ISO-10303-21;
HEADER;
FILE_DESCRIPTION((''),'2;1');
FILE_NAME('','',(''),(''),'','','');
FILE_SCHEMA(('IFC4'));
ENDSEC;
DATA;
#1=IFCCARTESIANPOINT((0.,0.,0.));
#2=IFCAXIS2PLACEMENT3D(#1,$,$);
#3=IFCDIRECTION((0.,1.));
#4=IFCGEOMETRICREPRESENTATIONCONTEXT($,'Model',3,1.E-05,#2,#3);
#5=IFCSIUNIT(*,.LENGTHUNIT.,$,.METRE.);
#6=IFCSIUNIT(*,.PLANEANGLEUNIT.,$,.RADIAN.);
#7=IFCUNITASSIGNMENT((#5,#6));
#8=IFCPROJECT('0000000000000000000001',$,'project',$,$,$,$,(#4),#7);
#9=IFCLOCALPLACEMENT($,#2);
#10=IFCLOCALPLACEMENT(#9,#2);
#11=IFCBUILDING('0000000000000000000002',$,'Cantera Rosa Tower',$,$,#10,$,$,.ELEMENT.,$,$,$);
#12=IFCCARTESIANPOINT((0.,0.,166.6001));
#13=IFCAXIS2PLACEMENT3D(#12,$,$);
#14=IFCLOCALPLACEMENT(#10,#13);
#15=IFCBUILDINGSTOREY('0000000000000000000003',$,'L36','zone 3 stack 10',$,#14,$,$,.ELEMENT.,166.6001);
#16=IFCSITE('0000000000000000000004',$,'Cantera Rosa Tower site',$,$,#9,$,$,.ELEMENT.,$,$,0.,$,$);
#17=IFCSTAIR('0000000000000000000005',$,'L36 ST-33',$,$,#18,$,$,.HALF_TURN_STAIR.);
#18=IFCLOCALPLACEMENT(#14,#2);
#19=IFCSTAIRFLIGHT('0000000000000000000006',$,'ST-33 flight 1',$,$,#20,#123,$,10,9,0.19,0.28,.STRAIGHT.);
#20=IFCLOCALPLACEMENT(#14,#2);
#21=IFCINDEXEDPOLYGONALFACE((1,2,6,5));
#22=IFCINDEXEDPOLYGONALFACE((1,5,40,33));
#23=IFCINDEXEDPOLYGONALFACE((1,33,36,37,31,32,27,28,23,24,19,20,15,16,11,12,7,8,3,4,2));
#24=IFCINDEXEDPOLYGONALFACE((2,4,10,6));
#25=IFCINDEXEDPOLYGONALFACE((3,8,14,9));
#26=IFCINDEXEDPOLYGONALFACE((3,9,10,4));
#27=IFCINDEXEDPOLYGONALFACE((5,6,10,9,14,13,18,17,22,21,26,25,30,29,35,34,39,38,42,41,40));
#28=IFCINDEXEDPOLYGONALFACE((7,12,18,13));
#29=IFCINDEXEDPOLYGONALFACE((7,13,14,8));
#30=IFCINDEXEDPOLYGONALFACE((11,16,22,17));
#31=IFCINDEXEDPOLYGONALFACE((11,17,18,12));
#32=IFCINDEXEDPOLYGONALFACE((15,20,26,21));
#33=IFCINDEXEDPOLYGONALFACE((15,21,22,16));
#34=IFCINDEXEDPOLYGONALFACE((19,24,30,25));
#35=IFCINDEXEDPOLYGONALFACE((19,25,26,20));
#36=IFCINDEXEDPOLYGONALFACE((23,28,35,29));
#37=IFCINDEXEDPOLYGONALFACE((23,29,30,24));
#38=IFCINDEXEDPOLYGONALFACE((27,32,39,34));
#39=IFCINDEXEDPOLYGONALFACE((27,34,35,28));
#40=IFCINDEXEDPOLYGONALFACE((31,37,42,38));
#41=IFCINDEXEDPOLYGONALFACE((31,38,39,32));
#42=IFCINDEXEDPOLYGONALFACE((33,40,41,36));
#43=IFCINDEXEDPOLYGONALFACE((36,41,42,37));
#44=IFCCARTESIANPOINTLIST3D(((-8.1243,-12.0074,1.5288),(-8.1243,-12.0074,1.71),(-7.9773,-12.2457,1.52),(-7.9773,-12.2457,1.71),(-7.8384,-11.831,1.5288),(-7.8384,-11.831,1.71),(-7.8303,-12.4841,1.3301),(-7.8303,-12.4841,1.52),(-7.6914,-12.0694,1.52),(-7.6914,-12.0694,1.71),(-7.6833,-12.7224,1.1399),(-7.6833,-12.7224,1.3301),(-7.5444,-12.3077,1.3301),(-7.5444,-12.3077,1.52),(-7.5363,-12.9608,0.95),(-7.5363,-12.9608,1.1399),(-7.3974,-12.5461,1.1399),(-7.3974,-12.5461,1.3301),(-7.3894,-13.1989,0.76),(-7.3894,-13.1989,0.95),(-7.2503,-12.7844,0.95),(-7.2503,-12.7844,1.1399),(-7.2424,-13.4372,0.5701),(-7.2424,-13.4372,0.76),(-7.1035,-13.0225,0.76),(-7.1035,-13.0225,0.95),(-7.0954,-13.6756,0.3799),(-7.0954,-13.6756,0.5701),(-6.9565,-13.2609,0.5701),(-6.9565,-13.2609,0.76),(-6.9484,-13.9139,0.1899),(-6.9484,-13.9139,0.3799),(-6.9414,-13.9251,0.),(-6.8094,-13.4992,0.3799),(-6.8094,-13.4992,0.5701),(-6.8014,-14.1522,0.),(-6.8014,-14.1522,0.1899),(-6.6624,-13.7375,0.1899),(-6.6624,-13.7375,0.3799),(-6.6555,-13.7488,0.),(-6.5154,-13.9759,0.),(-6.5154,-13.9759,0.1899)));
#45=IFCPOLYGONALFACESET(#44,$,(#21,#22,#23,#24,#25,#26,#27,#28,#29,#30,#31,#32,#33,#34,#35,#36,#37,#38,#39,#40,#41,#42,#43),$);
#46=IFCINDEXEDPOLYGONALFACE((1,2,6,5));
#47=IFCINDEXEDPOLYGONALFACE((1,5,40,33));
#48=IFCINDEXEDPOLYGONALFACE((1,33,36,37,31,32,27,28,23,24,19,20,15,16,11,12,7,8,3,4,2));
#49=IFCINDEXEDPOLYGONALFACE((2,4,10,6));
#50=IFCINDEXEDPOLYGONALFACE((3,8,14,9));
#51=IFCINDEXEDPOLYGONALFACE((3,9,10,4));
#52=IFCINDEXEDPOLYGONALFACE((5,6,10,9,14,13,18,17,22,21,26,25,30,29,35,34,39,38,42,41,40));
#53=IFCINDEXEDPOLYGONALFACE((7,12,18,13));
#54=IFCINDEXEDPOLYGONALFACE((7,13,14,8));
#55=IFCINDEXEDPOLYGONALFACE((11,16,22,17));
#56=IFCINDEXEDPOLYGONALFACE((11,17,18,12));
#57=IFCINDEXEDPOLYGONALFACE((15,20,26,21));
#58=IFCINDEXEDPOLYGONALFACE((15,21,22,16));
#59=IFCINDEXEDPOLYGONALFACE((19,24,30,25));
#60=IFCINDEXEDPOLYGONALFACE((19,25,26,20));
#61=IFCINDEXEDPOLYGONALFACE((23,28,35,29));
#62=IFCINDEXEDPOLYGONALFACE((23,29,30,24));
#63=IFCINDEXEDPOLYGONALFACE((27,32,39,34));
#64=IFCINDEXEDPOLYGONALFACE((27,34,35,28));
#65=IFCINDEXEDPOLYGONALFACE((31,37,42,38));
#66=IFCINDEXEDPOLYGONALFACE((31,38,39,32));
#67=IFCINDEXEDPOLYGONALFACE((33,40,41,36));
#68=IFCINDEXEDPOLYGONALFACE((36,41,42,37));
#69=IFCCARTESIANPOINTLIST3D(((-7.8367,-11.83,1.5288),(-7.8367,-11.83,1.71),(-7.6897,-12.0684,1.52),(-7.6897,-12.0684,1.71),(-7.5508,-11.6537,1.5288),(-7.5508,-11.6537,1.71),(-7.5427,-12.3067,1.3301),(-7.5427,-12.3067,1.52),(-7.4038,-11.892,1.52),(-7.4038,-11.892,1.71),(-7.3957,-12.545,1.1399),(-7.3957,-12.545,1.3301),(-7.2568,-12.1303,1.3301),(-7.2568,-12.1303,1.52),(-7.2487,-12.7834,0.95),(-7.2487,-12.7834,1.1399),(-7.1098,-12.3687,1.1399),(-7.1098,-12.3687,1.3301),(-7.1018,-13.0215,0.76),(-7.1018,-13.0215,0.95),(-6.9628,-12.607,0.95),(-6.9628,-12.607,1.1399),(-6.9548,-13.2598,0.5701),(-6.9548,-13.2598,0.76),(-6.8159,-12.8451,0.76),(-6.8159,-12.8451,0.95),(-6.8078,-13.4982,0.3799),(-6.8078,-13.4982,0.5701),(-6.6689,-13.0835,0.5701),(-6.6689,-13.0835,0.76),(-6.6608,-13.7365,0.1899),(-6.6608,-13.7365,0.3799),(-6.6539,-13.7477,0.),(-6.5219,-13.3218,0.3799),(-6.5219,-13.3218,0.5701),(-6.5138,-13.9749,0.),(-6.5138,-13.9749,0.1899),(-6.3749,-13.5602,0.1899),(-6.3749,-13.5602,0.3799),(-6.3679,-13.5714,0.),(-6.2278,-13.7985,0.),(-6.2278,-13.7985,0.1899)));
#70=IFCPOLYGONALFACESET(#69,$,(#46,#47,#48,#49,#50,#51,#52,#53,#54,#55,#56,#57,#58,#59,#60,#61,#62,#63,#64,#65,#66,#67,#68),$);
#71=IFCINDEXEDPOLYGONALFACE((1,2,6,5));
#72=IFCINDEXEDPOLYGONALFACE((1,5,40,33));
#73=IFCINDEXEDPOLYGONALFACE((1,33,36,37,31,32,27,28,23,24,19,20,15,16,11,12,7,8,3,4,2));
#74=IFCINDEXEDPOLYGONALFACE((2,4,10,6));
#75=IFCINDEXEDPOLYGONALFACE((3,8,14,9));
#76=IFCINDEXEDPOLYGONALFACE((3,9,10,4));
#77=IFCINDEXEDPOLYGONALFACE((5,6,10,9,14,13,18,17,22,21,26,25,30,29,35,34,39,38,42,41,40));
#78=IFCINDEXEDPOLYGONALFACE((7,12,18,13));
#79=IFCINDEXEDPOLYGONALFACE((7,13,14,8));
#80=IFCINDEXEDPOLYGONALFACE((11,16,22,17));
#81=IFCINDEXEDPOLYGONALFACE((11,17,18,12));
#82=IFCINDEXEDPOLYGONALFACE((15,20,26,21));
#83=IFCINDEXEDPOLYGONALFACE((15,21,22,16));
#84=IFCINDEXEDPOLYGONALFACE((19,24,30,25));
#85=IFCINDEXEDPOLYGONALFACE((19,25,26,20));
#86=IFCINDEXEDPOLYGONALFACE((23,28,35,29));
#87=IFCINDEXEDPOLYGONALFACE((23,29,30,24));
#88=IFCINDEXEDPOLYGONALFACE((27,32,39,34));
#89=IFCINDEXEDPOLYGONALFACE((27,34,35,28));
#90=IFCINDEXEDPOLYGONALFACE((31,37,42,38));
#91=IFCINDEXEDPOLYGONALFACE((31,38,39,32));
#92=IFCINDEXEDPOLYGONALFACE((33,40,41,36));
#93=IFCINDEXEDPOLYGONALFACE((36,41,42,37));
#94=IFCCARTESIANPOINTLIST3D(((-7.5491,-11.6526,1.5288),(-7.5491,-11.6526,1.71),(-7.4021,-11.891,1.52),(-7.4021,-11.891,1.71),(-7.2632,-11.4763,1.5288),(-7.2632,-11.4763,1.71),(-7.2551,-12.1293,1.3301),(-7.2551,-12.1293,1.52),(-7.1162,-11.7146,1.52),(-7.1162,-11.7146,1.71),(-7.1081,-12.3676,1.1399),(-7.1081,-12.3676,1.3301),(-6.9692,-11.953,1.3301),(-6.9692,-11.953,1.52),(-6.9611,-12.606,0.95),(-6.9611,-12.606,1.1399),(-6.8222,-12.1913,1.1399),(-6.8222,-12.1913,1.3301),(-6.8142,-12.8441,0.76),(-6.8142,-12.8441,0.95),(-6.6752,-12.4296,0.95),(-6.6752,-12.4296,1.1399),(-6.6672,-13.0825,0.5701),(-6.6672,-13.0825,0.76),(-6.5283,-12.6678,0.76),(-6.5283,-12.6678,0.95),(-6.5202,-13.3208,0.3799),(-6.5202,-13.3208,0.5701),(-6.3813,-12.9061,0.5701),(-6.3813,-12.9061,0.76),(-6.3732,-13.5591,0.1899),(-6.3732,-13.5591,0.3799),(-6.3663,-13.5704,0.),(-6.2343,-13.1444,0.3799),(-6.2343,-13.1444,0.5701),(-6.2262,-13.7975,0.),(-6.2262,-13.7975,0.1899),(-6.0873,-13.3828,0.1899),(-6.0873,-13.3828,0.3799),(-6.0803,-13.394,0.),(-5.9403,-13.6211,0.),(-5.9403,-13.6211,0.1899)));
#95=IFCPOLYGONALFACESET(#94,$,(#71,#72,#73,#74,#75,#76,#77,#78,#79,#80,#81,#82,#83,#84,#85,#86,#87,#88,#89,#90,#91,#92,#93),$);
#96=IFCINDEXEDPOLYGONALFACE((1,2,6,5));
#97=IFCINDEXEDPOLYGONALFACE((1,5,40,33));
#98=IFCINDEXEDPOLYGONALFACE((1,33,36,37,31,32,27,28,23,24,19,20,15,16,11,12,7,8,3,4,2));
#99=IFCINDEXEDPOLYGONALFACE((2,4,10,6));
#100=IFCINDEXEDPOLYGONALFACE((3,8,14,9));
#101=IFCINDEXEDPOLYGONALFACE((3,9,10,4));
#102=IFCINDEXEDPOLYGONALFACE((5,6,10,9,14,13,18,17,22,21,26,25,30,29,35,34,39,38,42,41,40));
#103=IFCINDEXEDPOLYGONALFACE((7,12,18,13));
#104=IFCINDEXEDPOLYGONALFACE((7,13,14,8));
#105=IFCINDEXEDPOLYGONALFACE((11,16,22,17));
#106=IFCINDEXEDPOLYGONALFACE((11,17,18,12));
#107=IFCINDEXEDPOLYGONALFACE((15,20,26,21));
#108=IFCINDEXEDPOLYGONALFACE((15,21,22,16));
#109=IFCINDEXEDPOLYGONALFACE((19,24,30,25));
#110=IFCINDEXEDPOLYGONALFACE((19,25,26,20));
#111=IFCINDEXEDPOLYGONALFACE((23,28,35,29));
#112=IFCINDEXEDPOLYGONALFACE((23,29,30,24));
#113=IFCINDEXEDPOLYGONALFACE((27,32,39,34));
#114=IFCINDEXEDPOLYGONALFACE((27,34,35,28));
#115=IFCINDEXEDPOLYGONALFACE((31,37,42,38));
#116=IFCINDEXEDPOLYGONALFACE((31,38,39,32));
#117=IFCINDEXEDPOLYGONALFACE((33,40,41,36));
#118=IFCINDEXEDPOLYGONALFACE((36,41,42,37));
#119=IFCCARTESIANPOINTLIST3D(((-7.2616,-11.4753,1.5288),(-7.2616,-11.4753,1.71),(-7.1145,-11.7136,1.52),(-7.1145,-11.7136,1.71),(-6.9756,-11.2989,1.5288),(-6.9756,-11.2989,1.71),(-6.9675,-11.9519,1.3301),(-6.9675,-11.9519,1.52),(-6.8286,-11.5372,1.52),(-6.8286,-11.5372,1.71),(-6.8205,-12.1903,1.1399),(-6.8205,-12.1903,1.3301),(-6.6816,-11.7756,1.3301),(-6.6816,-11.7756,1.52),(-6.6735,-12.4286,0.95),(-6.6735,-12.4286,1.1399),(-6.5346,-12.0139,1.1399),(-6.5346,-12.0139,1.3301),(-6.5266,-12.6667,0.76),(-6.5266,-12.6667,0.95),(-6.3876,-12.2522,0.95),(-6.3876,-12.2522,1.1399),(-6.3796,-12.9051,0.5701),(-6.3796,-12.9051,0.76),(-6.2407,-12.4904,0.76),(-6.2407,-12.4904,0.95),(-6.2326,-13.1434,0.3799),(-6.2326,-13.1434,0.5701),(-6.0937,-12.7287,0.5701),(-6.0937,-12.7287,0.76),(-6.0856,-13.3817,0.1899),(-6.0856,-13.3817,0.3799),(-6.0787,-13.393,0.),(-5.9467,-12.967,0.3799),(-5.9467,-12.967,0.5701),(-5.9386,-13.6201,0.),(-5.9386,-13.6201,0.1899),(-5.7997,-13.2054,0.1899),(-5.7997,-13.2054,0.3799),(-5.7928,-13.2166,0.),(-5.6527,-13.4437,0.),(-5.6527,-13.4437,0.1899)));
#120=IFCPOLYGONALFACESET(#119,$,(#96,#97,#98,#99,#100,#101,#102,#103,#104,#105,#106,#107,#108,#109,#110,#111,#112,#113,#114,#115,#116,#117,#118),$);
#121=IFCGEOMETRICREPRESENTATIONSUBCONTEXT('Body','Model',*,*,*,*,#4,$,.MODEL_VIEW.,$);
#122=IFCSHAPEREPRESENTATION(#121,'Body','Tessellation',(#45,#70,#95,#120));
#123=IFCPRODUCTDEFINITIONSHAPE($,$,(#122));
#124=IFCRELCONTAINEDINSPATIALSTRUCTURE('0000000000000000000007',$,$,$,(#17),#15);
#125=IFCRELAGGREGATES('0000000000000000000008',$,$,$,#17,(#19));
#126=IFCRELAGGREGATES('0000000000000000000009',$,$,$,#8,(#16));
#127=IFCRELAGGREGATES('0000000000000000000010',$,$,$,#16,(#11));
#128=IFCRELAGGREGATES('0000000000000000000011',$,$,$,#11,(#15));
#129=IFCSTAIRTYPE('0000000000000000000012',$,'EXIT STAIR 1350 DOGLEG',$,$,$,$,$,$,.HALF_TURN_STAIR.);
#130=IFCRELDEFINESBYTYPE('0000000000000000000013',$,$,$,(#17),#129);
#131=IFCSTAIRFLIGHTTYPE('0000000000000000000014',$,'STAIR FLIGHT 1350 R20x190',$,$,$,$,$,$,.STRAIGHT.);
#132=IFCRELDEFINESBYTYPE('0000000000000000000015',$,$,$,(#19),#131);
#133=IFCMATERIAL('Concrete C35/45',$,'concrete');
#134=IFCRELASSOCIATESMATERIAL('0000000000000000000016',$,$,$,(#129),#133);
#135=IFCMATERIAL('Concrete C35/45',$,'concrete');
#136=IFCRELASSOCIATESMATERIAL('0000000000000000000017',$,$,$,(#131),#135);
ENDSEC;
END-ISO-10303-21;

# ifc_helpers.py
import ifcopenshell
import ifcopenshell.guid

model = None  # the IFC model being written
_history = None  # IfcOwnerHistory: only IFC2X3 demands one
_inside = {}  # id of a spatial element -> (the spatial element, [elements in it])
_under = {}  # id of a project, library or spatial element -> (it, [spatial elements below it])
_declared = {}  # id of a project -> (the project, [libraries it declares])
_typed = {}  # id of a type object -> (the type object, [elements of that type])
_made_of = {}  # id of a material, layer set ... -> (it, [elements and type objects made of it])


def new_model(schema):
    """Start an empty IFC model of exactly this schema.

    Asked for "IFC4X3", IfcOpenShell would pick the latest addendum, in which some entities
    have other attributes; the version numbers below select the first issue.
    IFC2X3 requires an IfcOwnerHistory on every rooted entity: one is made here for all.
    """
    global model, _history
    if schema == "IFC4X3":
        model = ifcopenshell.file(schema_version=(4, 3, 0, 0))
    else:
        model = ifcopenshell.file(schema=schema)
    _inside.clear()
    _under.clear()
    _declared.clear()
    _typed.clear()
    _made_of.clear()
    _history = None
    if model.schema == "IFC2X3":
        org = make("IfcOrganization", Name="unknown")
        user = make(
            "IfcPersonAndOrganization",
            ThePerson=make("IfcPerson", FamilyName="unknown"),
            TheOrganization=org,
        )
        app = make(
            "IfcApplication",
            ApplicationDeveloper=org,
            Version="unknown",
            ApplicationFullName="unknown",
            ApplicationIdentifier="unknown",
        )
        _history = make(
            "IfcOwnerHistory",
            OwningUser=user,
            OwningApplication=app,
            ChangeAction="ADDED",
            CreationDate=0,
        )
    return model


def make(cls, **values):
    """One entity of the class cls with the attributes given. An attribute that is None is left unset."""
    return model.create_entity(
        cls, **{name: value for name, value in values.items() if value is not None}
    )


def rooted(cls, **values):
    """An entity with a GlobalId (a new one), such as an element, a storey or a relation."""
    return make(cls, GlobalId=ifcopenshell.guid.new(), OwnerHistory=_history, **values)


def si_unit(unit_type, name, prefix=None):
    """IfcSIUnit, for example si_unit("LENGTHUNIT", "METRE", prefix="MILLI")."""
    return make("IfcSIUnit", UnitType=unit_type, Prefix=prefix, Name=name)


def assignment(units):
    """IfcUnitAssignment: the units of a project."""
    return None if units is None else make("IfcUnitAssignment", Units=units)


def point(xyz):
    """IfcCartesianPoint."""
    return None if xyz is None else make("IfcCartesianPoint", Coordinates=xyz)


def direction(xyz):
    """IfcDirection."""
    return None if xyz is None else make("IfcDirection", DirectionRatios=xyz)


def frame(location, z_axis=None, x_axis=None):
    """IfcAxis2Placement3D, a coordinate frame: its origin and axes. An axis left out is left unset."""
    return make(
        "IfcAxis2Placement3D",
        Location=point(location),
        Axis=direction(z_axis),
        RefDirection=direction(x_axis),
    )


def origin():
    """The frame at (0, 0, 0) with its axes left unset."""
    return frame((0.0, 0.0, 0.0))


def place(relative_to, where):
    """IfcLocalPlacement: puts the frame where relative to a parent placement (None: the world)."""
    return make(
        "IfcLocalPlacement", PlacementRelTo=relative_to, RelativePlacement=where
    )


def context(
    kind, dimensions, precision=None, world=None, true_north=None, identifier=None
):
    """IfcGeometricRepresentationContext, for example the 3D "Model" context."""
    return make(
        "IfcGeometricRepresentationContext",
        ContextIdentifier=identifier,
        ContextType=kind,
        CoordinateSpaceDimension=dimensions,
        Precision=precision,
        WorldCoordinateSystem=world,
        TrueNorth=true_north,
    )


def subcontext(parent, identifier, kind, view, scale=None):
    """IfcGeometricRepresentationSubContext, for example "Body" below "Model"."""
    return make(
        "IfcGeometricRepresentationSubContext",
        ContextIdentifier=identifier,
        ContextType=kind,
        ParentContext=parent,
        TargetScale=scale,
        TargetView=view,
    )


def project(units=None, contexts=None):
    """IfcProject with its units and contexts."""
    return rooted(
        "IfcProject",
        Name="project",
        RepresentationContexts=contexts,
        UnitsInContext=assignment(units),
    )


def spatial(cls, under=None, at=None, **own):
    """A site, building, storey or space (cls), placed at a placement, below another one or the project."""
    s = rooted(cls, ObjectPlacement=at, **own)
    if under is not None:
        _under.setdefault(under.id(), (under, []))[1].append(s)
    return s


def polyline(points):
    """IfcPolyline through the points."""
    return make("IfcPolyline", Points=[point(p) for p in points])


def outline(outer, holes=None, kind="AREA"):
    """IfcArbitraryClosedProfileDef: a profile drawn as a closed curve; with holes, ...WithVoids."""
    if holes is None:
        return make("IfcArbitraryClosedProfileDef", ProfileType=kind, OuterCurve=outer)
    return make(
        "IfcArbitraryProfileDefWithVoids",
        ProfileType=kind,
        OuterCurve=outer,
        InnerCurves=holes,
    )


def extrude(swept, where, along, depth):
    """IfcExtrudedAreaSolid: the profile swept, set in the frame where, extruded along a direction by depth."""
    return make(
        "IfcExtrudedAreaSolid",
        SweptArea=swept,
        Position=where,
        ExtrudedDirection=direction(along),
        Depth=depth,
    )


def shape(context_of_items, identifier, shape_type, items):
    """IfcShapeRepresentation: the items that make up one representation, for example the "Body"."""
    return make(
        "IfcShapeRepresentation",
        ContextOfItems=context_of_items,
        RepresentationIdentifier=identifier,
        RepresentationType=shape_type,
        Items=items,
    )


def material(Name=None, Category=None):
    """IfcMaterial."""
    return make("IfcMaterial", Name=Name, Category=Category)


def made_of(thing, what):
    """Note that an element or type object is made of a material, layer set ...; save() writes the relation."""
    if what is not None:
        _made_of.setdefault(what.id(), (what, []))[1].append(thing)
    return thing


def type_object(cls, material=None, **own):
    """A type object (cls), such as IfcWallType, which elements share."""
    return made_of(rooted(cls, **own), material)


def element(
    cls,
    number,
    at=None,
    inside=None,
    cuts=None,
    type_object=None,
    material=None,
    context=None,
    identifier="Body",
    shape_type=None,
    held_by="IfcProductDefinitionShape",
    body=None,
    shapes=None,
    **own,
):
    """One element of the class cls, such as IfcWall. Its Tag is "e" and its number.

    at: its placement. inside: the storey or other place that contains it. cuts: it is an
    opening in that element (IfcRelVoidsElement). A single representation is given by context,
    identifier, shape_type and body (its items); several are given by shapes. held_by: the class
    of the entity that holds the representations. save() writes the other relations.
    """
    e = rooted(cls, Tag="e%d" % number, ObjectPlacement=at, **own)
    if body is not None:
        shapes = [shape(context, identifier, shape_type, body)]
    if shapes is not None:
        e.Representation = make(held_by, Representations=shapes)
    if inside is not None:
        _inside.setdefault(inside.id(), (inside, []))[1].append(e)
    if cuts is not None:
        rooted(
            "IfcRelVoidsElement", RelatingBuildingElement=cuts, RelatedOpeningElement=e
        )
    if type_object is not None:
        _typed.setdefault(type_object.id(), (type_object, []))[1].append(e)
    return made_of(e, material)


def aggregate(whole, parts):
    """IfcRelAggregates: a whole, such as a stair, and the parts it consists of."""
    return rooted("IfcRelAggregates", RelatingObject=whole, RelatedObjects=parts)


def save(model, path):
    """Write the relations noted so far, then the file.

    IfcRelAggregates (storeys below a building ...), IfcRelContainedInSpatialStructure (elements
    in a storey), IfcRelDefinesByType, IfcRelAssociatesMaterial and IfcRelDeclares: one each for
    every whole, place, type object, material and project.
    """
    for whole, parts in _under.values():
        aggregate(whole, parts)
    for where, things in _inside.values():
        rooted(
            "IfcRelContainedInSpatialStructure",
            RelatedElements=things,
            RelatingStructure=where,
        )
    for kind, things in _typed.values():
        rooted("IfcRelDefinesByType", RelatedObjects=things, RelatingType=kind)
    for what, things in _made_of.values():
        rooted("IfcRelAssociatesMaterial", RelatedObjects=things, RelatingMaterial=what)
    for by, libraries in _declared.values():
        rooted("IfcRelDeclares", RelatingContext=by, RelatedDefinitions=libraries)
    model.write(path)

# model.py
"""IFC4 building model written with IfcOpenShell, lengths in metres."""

from ifc_helpers import new_model, si_unit, direction, frame, origin, place, context, subcontext, project, spatial, polyline, outline, extrude, material, type_object, element, aggregate, save


model = new_model("IFC4")

# Units and contexts
model_context = context("Model", 3, precision=1e-05, world=origin(), true_north=direction((0.0, 1.0)))
body_context = subcontext(model_context, "Body", "Model", "MODEL_VIEW")
ifc_project = project(units=[si_unit("LENGTHUNIT", "METRE"), si_unit("PLANEANGLEUNIT", "RADIAN")], contexts=[model_context])

# Site, building, storey
site_placement = place(None, origin())
site = spatial("IfcSite", under=ifc_project, at=site_placement, Name="Cantera Rosa Tower site", CompositionType="ELEMENT", RefElevation=0.0)
building_placement = place(site_placement, origin())
building = spatial("IfcBuilding", under=site, at=building_placement, Name="Cantera Rosa Tower", CompositionType="ELEMENT")
storey_placement = place(building_placement, frame((0.0, 0.0, 166.6001)))
storey = spatial("IfcBuildingStorey", under=building, at=storey_placement, Name="L36", Description="zone 3 stack 10", CompositionType="ELEMENT", Elevation=166.6001)

# Stair, stair flight
ifc_material_1 = material(Name="Concrete C35/45", Category="concrete")
stair_type = type_object("IfcStairType", Name="EXIT STAIR 1350 DOGLEG", PredefinedType="HALF_TURN_STAIR", material=ifc_material_1)
stair_placement = place(storey_placement, origin())
stair = element("IfcStair", 1, at=stair_placement, inside=storey, type_object=stair_type, Name="L36 ST-33", PredefinedType="HALF_TURN_STAIR")
ifc_material_2 = material(Name="Concrete C35/45", Category="concrete")
stair_flight_type = type_object("IfcStairFlightType", Name="STAIR FLIGHT 1350 R20x190", PredefinedType="STRAIGHT", material=ifc_material_2)
stair_flight_1_placement = place(storey_placement, frame((-6.2268, -13.7979, 0.0), z_axis=(0.0, 0.0, 1.0), x_axis=(-0.524977, 0.851117, 0.0)))
stair_flight_1 = element("IfcStairFlight", 2, at=stair_flight_1_placement, type_object=stair_flight_type, Name="ST-33 flight 1", NumberOfRisers=10, NumberOfTreads=9, PredefinedType="STRAIGHT", RiserHeight=0.19, TreadLength=0.28, context=body_context, shape_type="SweptSolid", body=[
    extrude(outline(polyline([(0.0, 0.0), (0.0, 0.1899), (0.28, 0.1899), (0.28, 0.3799), (0.5601, 0.3799), (0.5601, 0.5701), (0.8401, 0.5701), (0.8401, 0.76), (1.1201, 0.76), (1.1201, 0.95), (1.3999, 0.95), (1.3999, 1.1399), (1.6799, 1.1399), (1.6799, 1.3301), (1.96, 1.3301), (1.96, 1.52), (2.24, 1.52), (2.24, 1.71), (2.52, 1.71), (2.52, 1.8999), (2.52, 1.5288), (0.2668, 0.0), (0.0, 0.0)])), frame((0.0, 0.675, 0.0), z_axis=(0.0, -1.0, 0.0), x_axis=(1.0, 0.0, 0.0)), (0.0, 0.0, 1.0), 0.3359),
    extrude(outline(polyline([(0.0, 0.0), (0.0, 0.1899), (0.28, 0.1899), (0.28, 0.3799), (0.5601, 0.3799), (0.5601, 0.5701), (0.8401, 0.5701), (0.8401, 0.76), (1.1201, 0.76), (1.1201, 0.95), (1.3999, 0.95), (1.3999, 1.1399), (1.6799, 1.1399), (1.6799, 1.3301), (1.96, 1.3301), (1.96, 1.52), (2.24, 1.52), (2.24, 1.71), (2.52, 1.71), (2.52, 1.8999), (2.52, 1.5288), (0.2668, 0.0), (0.0, 0.0)])), frame((0.0, 0.3372, 0.0), z_axis=(0.0, -1.0, 0.0), x_axis=(1.0, 0.0, 0.0)), (0.0, 0.0, 1.0), 0.3359),
    extrude(outline(polyline([(0.0, 0.0), (0.0, 0.1899), (0.28, 0.1899), (0.28, 0.3799), (0.5601, 0.3799), (0.5601, 0.5701), (0.8401, 0.5701), (0.8401, 0.76), (1.1201, 0.76), (1.1201, 0.95), (1.3999, 0.95), (1.3999, 1.1399), (1.6799, 1.1399), (1.6799, 1.3301), (1.96, 1.3301), (1.96, 1.52), (2.24, 1.52), (2.24, 1.71), (2.52, 1.71), (2.52, 1.8999), (2.52, 1.5288), (0.2668, 0.0), (0.0, 0.0)])), frame((0.0, -0.0007, 0.0), z_axis=(0.0, -1.0, 0.0), x_axis=(1.0, 0.0, 0.0)), (0.0, 0.0, 1.0), 0.3359),
    extrude(outline(polyline([(0.0, 0.0), (0.0, 0.1899), (0.28, 0.1899), (0.28, 0.3799), (0.5601, 0.3799), (0.5601, 0.5701), (0.8401, 0.5701), (0.8401, 0.76), (1.1201, 0.76), (1.1201, 0.95), (1.3999, 0.95), (1.3999, 1.1399), (1.6799, 1.1399), (1.6799, 1.3301), (1.96, 1.3301), (1.96, 1.52), (2.24, 1.52), (2.24, 1.71), (2.52, 1.71), (2.52, 1.8999), (2.52, 1.5288), (0.2668, 0.0), (0.0, 0.0)])), frame((0.0, -0.3386, 0.0), z_axis=(0.0, -1.0, 0.0), x_axis=(1.0, 0.0, 0.0)), (0.0, 0.0, 1.0), 0.3359),
])
aggregate(stair, [stair_flight_1])

save(model, "model.ifc")
